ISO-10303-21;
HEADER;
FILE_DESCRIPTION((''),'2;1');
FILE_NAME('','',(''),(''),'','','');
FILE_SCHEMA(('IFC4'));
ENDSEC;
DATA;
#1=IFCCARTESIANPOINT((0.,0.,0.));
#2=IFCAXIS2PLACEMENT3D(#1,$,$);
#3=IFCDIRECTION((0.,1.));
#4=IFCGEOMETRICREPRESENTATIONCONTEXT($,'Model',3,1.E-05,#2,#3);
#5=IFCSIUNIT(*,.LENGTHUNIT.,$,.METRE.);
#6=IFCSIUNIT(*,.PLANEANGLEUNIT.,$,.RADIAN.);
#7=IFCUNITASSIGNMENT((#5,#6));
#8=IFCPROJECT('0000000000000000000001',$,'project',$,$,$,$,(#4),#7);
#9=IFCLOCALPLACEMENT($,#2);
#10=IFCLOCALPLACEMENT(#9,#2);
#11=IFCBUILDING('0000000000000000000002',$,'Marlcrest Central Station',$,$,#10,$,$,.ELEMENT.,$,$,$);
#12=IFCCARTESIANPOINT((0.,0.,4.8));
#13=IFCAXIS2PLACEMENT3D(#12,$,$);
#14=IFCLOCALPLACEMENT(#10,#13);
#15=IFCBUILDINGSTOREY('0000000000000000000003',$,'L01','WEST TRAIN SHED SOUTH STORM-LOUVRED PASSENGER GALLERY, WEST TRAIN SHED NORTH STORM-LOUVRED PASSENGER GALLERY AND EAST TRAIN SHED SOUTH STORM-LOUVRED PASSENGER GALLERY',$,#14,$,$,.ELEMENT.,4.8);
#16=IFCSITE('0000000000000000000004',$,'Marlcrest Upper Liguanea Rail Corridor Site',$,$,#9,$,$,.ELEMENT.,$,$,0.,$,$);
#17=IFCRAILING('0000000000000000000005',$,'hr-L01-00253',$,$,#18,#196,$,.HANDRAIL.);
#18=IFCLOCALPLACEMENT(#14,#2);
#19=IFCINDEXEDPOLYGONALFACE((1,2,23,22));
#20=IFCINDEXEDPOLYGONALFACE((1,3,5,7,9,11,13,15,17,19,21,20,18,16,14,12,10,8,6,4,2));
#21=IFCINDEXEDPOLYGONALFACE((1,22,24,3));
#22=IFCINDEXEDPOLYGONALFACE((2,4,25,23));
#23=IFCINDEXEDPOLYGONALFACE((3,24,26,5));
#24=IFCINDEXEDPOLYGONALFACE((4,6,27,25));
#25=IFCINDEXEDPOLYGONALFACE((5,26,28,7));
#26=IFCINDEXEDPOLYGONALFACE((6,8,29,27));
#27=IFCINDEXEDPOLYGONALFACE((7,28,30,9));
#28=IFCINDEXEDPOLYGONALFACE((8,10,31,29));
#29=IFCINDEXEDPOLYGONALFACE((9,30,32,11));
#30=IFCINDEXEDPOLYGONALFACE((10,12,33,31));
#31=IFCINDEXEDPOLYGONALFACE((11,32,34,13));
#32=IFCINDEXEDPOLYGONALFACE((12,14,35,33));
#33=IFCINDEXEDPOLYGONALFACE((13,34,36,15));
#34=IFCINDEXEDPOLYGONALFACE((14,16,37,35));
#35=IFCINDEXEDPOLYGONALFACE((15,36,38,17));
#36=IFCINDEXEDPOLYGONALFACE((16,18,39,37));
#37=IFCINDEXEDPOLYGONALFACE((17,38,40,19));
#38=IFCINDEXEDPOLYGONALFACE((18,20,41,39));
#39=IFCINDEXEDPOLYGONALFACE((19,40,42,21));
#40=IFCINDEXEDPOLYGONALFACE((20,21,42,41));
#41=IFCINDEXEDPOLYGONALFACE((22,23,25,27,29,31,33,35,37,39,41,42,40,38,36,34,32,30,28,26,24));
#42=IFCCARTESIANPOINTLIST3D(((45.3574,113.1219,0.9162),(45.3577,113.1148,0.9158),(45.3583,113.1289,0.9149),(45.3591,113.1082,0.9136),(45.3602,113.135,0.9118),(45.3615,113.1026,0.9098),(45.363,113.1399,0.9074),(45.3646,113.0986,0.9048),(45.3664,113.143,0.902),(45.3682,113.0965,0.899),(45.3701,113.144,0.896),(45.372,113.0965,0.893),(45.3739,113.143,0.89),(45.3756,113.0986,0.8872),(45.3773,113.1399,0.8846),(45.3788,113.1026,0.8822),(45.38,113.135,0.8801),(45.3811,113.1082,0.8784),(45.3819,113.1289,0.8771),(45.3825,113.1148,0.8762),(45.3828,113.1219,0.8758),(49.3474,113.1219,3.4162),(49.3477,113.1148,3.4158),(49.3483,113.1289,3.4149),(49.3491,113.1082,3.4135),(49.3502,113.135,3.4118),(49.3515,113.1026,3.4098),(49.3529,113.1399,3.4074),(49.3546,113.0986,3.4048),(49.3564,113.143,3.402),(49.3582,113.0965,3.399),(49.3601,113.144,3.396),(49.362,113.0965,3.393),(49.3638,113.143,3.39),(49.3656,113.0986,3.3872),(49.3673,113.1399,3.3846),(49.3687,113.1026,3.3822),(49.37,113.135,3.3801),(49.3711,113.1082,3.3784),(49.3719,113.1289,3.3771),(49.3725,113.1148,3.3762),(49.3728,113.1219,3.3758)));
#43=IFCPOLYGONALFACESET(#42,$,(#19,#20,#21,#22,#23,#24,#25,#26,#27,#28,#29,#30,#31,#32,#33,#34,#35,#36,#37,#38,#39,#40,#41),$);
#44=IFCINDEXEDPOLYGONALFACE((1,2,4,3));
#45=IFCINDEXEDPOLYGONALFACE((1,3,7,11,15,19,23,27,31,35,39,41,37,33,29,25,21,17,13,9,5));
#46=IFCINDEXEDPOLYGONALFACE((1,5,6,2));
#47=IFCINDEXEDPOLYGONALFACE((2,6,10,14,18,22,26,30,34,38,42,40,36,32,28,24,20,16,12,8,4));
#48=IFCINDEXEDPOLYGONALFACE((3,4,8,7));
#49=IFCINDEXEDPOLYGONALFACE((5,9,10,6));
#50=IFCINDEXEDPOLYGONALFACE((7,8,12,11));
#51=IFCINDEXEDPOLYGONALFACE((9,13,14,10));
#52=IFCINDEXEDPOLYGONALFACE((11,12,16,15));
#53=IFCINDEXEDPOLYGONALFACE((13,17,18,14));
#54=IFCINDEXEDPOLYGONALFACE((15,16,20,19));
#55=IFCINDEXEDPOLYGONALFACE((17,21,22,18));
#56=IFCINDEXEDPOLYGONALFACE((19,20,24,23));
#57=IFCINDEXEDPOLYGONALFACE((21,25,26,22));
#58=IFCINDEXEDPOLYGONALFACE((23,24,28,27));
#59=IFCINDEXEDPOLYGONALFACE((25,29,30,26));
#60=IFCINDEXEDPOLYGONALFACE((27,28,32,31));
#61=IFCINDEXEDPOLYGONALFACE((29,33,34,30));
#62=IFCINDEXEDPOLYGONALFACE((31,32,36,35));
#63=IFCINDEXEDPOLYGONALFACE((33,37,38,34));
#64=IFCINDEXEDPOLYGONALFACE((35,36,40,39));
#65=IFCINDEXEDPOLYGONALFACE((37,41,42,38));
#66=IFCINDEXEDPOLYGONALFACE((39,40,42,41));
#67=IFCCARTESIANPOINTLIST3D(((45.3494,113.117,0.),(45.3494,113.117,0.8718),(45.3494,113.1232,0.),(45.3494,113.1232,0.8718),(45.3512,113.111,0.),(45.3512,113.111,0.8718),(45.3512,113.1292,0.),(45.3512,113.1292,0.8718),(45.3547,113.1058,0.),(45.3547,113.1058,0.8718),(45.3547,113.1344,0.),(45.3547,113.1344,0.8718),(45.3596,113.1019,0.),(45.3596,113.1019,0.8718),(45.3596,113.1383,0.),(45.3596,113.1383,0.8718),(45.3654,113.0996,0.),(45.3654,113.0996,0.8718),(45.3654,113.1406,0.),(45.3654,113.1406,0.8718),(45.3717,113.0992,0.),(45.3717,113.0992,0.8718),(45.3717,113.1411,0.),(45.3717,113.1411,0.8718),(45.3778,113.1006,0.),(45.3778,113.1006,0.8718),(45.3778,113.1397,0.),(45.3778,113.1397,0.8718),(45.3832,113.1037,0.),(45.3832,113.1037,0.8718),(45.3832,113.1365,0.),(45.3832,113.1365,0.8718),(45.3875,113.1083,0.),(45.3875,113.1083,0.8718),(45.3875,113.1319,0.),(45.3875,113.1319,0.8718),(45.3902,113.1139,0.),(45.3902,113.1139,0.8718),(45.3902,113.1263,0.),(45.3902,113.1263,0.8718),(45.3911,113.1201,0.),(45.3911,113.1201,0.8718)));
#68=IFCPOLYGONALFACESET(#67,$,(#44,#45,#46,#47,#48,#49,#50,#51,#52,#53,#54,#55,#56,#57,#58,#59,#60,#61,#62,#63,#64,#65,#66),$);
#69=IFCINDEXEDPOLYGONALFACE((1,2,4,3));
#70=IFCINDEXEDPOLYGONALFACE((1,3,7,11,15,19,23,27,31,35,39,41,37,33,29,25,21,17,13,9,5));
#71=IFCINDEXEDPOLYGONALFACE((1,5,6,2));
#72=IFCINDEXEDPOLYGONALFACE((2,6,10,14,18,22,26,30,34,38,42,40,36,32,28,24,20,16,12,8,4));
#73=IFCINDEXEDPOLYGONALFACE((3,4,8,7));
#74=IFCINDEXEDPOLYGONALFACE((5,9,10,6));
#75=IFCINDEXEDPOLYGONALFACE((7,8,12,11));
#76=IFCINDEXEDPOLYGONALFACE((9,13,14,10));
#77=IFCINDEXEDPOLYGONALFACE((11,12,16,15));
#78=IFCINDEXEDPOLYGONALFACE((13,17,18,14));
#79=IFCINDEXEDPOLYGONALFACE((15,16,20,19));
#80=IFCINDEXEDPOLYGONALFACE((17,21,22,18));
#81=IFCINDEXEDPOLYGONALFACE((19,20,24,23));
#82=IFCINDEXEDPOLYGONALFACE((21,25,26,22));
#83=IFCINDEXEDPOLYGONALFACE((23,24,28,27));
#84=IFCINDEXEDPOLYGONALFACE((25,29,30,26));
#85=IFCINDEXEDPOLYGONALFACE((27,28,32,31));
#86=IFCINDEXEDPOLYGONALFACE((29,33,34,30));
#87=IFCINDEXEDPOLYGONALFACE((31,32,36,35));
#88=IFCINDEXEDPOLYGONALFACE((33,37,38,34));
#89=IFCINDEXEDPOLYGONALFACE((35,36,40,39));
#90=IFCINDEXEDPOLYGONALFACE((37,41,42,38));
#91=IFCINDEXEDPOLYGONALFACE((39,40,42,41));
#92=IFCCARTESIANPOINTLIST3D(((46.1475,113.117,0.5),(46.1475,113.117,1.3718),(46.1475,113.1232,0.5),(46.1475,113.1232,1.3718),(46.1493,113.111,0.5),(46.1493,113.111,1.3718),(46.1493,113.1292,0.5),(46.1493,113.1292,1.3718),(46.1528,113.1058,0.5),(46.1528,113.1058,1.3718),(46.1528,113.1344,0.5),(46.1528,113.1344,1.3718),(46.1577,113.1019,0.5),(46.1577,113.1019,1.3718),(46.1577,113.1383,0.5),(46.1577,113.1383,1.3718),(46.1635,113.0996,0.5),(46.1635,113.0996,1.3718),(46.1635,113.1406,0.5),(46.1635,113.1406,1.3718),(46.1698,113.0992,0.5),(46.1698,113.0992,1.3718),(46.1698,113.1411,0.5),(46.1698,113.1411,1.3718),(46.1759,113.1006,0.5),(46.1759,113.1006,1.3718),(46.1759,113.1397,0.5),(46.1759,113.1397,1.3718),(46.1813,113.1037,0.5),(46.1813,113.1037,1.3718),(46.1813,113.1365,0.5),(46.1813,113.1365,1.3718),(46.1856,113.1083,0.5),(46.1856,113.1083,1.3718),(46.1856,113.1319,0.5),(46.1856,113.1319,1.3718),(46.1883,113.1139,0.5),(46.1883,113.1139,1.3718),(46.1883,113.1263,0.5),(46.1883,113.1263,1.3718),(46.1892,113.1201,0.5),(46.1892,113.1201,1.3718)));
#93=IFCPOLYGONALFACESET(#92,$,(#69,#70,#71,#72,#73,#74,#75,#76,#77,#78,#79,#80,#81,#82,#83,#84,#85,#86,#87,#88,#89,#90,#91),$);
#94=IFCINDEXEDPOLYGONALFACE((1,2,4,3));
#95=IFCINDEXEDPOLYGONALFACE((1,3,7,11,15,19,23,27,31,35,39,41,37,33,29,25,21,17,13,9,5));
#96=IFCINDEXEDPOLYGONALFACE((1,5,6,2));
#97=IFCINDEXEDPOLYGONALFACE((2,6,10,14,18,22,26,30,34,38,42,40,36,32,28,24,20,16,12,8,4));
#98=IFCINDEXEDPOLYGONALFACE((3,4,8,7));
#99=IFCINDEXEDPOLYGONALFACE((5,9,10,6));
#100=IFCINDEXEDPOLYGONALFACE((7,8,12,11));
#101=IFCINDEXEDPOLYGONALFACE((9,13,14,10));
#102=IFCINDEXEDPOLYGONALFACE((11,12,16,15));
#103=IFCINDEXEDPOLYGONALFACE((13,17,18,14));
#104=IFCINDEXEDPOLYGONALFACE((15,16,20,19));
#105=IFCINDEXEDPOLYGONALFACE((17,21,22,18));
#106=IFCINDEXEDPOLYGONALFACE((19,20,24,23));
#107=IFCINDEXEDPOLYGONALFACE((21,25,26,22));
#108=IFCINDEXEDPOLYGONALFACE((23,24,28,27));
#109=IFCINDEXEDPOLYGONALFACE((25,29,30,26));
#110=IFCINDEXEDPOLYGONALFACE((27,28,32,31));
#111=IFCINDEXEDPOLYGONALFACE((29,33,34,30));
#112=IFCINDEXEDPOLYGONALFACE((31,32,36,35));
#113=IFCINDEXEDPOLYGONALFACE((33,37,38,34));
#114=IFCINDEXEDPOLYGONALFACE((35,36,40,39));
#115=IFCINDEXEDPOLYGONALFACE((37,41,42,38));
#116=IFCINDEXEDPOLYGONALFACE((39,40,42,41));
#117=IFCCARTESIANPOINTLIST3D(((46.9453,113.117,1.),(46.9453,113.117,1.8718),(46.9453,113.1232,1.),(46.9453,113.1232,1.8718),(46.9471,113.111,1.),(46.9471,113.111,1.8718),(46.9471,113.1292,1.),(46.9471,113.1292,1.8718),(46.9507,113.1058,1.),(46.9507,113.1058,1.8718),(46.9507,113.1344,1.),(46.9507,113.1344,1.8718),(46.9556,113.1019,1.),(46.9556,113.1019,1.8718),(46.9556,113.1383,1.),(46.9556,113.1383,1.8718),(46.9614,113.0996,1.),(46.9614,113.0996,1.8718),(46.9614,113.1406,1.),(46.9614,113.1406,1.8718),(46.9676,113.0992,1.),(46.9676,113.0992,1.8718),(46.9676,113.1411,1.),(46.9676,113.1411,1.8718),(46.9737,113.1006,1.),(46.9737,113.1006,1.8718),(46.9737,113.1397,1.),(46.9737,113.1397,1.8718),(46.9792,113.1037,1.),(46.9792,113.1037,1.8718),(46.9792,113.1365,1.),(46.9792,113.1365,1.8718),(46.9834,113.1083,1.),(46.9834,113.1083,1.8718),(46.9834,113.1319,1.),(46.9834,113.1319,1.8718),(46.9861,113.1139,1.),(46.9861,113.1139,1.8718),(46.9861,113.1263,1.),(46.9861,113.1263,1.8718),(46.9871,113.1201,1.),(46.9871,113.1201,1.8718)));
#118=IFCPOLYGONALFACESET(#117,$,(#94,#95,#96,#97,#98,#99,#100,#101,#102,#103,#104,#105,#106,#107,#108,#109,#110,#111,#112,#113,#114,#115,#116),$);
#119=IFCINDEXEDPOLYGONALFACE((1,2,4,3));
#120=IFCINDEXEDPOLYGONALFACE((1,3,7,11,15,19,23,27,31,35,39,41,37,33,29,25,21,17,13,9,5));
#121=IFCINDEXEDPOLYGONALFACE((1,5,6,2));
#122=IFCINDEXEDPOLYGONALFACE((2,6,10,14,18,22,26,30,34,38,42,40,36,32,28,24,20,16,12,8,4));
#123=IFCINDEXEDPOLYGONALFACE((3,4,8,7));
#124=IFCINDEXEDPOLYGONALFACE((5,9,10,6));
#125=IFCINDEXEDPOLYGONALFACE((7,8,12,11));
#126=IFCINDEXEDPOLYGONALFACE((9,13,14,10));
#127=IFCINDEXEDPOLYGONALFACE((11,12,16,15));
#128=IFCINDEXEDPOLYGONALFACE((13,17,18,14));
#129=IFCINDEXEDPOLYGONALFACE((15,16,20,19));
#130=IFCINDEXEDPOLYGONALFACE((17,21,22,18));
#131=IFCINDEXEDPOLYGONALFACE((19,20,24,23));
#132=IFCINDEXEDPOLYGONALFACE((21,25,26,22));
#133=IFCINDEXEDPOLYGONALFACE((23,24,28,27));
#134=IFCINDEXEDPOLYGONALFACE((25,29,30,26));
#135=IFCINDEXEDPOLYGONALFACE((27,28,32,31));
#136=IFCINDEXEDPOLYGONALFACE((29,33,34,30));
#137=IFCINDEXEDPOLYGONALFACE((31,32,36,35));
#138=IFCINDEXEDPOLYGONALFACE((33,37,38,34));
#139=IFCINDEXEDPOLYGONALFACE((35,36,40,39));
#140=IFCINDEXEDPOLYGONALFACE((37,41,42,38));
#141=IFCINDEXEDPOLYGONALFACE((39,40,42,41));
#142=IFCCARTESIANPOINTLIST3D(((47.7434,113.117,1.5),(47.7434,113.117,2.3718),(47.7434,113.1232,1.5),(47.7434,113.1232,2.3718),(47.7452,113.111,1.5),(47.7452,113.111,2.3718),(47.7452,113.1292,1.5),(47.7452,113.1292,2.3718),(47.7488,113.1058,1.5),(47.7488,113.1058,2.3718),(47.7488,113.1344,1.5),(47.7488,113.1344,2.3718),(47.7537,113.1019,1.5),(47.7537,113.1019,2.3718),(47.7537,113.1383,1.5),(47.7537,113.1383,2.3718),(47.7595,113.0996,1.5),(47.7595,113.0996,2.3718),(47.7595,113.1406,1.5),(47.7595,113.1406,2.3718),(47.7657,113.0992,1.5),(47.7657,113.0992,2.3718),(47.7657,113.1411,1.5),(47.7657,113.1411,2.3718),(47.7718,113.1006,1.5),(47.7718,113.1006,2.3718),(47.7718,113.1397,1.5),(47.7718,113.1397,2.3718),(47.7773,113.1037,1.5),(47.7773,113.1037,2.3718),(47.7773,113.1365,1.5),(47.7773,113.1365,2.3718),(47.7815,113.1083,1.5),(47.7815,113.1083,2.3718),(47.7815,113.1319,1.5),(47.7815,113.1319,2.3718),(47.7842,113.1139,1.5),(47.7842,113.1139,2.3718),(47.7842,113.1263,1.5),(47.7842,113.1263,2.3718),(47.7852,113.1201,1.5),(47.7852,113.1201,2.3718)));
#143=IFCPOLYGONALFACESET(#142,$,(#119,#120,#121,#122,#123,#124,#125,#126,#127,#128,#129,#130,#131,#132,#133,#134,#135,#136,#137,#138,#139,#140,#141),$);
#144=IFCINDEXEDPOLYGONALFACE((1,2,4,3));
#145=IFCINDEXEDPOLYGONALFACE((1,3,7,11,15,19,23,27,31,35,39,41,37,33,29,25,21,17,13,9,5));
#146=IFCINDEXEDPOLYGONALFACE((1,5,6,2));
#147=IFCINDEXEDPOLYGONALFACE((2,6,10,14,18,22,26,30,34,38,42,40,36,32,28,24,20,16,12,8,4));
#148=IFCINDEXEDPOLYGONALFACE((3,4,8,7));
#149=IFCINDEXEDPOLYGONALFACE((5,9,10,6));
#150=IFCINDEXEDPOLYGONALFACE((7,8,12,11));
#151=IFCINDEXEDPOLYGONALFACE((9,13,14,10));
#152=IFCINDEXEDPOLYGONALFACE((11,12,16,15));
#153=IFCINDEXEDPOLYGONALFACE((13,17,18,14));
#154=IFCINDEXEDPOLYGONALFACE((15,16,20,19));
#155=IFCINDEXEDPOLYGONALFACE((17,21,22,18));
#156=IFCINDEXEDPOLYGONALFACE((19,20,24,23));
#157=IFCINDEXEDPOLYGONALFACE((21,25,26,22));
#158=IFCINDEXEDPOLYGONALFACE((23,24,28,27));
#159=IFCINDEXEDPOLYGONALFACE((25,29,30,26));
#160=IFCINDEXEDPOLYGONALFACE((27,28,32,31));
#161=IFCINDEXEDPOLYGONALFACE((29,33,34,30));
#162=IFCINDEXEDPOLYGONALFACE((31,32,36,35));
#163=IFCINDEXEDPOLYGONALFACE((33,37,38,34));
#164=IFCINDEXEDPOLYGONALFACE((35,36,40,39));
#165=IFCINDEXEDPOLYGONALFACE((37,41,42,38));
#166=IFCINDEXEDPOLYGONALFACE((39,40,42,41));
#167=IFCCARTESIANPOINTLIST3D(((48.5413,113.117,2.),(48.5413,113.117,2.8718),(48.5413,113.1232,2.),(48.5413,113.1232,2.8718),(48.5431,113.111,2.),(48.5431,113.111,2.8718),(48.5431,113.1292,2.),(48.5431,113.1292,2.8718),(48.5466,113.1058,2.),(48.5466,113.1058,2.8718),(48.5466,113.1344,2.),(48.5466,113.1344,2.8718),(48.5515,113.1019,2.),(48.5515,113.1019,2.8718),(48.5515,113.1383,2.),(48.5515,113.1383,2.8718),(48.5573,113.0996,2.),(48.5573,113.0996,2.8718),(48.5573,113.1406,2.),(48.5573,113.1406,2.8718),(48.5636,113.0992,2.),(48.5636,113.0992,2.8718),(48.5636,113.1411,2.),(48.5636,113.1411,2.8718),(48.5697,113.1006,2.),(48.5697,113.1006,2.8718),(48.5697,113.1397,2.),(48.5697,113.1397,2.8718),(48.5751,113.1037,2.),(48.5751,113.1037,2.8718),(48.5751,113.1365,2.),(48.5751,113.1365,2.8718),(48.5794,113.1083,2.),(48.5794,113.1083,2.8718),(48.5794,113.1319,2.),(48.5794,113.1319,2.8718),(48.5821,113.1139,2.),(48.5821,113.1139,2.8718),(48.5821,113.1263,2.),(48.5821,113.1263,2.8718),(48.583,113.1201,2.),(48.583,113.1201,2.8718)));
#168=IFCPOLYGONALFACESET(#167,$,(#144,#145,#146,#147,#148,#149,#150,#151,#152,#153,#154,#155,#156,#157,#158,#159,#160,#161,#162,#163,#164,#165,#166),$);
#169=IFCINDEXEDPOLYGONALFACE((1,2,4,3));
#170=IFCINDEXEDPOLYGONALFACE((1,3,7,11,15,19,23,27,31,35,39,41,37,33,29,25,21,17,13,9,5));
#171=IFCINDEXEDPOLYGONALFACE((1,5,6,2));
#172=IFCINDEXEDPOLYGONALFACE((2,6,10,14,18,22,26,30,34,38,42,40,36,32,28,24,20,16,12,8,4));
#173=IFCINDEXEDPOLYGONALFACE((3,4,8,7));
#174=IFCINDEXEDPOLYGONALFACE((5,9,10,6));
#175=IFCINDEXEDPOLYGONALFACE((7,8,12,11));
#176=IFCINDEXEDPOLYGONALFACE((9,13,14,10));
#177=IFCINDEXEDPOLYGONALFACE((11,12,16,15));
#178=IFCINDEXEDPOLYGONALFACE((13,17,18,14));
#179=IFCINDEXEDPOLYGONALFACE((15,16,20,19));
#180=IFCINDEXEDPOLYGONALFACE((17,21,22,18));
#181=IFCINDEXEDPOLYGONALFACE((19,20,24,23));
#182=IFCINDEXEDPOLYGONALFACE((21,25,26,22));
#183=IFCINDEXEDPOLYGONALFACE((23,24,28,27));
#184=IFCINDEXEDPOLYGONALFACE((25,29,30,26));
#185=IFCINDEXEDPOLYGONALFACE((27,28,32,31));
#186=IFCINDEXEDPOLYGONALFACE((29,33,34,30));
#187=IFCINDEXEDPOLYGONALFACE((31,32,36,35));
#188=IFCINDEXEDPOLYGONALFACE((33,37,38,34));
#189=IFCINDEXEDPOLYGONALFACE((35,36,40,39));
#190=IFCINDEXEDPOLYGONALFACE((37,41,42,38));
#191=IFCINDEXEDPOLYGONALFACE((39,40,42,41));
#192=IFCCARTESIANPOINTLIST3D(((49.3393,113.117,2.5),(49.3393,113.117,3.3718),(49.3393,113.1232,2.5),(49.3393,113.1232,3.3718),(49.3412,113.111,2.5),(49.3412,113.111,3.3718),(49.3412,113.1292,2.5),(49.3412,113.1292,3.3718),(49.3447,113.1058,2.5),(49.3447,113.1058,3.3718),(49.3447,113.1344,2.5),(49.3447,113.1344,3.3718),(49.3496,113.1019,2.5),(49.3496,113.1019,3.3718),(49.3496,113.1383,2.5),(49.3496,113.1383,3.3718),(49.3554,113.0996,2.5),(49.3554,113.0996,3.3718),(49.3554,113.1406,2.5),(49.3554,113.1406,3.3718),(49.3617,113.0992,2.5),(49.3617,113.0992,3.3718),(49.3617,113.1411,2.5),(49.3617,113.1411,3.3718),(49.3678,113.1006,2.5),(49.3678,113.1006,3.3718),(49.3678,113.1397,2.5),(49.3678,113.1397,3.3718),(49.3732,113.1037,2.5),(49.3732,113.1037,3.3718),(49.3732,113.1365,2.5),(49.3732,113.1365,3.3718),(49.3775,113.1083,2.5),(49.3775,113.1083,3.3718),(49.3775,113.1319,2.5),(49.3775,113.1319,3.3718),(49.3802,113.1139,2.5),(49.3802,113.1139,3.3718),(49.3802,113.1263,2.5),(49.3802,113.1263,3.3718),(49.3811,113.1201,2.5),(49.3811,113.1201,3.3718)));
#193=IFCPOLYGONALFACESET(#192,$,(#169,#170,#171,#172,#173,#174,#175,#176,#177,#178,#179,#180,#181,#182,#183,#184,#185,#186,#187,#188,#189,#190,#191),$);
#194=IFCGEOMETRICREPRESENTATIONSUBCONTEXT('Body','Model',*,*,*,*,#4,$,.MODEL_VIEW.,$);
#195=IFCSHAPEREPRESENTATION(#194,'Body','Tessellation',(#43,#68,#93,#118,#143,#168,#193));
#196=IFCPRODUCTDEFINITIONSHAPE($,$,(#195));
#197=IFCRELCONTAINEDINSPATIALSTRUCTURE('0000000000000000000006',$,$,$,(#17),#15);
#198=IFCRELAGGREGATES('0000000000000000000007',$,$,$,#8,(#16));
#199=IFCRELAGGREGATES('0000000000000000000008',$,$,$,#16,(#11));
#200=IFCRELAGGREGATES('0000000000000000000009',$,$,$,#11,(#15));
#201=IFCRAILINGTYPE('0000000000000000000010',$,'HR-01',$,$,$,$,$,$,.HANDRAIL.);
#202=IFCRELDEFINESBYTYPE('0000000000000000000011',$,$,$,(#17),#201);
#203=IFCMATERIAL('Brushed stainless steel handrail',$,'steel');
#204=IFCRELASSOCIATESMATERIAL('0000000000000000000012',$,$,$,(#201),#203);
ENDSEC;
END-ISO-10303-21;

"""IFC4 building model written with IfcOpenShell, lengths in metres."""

from ifc_helpers import new_model, si_unit, direction, frame, origin, origin_2d, place, context, subcontext, project, spatial, circle, extrude, material, type_object, element, save


model = new_model("IFC4")

# Units and contexts
model_context = context("Model", 3, precision=1e-05, world=origin(), true_north=direction((0.0, 1.0)))
body_context = subcontext(model_context, "Body", "Model", "MODEL_VIEW")
ifc_project = project(units=[si_unit("LENGTHUNIT", "METRE"), si_unit("PLANEANGLEUNIT", "RADIAN")], contexts=[model_context])

# Site, building, storey
site_placement = place(None, origin())
site = spatial("IfcSite", under=ifc_project, at=site_placement, Name="Marlcrest Upper Liguanea Rail Corridor Site", CompositionType="ELEMENT", RefElevation=0.0)
building_placement = place(site_placement, origin())
building = spatial("IfcBuilding", under=site, at=building_placement, Name="Marlcrest Central Station", CompositionType="ELEMENT")
storey_placement = place(building_placement, frame((0.0, 0.0, 4.8)))
storey = spatial("IfcBuildingStorey", under=building, at=storey_placement, Name="L01", Description="WEST TRAIN SHED SOUTH STORM-LOUVRED PASSENGER GALLERY, WEST TRAIN SHED NORTH STORM-LOUVRED PASSENGER GALLERY AND EAST TRAIN SHED SOUTH STORM-LOUVRED PASSENGER GALLERY", CompositionType="ELEMENT", Elevation=4.8)

# Railing
ifc_material_1 = material(Name="Brushed stainless steel handrail", Category="steel")
railing_type_1 = type_object("IfcRailingType", Name="HR-01", PredefinedType="HANDRAIL", material=ifc_material_1)
railing_1_placement = place(storey_placement, frame((45.3701, 113.1201, 0.0)))
element("IfcRailing", 1, at=railing_1_placement, inside=storey, type_object=railing_type_1, Name="hr-L01-00253", PredefinedType="HANDRAIL", context=body_context, shape_type="SweptSolid", body=[
    extrude(circle(Radius=0.0239, at=origin_2d()), frame((0.0, 0.0, 0.896), z_axis=(0.847401, 0.0, 0.530954), x_axis=(0.0, 1.0, 0.0)), (0.0, 0.0, 1.0), 4.7085),
    extrude(circle(Radius=0.021, at=origin_2d()), origin(), (0.0, 0.0, 1.0), 0.8718),
    extrude(circle(Radius=0.021, at=origin_2d()), frame((0.7981, 0.0, 0.5)), (0.0, 0.0, 1.0), 0.8718),
    extrude(circle(Radius=0.021, at=origin_2d()), frame((1.5959, 0.0, 1.0)), (0.0, 0.0, 1.0), 0.8718),
    extrude(circle(Radius=0.021, at=origin_2d()), frame((2.394, 0.0, 1.5)), (0.0, 0.0, 1.0), 0.8718),
    extrude(circle(Radius=0.021, at=origin_2d()), frame((3.1919, 0.0, 2.0)), (0.0, 0.0, 1.0), 0.8718),
    extrude(circle(Radius=0.021, at=origin_2d()), frame((3.99, 0.0, 2.5)), (0.0, 0.0, 1.0), 0.8718),
])

save(model, "model.ifc")
